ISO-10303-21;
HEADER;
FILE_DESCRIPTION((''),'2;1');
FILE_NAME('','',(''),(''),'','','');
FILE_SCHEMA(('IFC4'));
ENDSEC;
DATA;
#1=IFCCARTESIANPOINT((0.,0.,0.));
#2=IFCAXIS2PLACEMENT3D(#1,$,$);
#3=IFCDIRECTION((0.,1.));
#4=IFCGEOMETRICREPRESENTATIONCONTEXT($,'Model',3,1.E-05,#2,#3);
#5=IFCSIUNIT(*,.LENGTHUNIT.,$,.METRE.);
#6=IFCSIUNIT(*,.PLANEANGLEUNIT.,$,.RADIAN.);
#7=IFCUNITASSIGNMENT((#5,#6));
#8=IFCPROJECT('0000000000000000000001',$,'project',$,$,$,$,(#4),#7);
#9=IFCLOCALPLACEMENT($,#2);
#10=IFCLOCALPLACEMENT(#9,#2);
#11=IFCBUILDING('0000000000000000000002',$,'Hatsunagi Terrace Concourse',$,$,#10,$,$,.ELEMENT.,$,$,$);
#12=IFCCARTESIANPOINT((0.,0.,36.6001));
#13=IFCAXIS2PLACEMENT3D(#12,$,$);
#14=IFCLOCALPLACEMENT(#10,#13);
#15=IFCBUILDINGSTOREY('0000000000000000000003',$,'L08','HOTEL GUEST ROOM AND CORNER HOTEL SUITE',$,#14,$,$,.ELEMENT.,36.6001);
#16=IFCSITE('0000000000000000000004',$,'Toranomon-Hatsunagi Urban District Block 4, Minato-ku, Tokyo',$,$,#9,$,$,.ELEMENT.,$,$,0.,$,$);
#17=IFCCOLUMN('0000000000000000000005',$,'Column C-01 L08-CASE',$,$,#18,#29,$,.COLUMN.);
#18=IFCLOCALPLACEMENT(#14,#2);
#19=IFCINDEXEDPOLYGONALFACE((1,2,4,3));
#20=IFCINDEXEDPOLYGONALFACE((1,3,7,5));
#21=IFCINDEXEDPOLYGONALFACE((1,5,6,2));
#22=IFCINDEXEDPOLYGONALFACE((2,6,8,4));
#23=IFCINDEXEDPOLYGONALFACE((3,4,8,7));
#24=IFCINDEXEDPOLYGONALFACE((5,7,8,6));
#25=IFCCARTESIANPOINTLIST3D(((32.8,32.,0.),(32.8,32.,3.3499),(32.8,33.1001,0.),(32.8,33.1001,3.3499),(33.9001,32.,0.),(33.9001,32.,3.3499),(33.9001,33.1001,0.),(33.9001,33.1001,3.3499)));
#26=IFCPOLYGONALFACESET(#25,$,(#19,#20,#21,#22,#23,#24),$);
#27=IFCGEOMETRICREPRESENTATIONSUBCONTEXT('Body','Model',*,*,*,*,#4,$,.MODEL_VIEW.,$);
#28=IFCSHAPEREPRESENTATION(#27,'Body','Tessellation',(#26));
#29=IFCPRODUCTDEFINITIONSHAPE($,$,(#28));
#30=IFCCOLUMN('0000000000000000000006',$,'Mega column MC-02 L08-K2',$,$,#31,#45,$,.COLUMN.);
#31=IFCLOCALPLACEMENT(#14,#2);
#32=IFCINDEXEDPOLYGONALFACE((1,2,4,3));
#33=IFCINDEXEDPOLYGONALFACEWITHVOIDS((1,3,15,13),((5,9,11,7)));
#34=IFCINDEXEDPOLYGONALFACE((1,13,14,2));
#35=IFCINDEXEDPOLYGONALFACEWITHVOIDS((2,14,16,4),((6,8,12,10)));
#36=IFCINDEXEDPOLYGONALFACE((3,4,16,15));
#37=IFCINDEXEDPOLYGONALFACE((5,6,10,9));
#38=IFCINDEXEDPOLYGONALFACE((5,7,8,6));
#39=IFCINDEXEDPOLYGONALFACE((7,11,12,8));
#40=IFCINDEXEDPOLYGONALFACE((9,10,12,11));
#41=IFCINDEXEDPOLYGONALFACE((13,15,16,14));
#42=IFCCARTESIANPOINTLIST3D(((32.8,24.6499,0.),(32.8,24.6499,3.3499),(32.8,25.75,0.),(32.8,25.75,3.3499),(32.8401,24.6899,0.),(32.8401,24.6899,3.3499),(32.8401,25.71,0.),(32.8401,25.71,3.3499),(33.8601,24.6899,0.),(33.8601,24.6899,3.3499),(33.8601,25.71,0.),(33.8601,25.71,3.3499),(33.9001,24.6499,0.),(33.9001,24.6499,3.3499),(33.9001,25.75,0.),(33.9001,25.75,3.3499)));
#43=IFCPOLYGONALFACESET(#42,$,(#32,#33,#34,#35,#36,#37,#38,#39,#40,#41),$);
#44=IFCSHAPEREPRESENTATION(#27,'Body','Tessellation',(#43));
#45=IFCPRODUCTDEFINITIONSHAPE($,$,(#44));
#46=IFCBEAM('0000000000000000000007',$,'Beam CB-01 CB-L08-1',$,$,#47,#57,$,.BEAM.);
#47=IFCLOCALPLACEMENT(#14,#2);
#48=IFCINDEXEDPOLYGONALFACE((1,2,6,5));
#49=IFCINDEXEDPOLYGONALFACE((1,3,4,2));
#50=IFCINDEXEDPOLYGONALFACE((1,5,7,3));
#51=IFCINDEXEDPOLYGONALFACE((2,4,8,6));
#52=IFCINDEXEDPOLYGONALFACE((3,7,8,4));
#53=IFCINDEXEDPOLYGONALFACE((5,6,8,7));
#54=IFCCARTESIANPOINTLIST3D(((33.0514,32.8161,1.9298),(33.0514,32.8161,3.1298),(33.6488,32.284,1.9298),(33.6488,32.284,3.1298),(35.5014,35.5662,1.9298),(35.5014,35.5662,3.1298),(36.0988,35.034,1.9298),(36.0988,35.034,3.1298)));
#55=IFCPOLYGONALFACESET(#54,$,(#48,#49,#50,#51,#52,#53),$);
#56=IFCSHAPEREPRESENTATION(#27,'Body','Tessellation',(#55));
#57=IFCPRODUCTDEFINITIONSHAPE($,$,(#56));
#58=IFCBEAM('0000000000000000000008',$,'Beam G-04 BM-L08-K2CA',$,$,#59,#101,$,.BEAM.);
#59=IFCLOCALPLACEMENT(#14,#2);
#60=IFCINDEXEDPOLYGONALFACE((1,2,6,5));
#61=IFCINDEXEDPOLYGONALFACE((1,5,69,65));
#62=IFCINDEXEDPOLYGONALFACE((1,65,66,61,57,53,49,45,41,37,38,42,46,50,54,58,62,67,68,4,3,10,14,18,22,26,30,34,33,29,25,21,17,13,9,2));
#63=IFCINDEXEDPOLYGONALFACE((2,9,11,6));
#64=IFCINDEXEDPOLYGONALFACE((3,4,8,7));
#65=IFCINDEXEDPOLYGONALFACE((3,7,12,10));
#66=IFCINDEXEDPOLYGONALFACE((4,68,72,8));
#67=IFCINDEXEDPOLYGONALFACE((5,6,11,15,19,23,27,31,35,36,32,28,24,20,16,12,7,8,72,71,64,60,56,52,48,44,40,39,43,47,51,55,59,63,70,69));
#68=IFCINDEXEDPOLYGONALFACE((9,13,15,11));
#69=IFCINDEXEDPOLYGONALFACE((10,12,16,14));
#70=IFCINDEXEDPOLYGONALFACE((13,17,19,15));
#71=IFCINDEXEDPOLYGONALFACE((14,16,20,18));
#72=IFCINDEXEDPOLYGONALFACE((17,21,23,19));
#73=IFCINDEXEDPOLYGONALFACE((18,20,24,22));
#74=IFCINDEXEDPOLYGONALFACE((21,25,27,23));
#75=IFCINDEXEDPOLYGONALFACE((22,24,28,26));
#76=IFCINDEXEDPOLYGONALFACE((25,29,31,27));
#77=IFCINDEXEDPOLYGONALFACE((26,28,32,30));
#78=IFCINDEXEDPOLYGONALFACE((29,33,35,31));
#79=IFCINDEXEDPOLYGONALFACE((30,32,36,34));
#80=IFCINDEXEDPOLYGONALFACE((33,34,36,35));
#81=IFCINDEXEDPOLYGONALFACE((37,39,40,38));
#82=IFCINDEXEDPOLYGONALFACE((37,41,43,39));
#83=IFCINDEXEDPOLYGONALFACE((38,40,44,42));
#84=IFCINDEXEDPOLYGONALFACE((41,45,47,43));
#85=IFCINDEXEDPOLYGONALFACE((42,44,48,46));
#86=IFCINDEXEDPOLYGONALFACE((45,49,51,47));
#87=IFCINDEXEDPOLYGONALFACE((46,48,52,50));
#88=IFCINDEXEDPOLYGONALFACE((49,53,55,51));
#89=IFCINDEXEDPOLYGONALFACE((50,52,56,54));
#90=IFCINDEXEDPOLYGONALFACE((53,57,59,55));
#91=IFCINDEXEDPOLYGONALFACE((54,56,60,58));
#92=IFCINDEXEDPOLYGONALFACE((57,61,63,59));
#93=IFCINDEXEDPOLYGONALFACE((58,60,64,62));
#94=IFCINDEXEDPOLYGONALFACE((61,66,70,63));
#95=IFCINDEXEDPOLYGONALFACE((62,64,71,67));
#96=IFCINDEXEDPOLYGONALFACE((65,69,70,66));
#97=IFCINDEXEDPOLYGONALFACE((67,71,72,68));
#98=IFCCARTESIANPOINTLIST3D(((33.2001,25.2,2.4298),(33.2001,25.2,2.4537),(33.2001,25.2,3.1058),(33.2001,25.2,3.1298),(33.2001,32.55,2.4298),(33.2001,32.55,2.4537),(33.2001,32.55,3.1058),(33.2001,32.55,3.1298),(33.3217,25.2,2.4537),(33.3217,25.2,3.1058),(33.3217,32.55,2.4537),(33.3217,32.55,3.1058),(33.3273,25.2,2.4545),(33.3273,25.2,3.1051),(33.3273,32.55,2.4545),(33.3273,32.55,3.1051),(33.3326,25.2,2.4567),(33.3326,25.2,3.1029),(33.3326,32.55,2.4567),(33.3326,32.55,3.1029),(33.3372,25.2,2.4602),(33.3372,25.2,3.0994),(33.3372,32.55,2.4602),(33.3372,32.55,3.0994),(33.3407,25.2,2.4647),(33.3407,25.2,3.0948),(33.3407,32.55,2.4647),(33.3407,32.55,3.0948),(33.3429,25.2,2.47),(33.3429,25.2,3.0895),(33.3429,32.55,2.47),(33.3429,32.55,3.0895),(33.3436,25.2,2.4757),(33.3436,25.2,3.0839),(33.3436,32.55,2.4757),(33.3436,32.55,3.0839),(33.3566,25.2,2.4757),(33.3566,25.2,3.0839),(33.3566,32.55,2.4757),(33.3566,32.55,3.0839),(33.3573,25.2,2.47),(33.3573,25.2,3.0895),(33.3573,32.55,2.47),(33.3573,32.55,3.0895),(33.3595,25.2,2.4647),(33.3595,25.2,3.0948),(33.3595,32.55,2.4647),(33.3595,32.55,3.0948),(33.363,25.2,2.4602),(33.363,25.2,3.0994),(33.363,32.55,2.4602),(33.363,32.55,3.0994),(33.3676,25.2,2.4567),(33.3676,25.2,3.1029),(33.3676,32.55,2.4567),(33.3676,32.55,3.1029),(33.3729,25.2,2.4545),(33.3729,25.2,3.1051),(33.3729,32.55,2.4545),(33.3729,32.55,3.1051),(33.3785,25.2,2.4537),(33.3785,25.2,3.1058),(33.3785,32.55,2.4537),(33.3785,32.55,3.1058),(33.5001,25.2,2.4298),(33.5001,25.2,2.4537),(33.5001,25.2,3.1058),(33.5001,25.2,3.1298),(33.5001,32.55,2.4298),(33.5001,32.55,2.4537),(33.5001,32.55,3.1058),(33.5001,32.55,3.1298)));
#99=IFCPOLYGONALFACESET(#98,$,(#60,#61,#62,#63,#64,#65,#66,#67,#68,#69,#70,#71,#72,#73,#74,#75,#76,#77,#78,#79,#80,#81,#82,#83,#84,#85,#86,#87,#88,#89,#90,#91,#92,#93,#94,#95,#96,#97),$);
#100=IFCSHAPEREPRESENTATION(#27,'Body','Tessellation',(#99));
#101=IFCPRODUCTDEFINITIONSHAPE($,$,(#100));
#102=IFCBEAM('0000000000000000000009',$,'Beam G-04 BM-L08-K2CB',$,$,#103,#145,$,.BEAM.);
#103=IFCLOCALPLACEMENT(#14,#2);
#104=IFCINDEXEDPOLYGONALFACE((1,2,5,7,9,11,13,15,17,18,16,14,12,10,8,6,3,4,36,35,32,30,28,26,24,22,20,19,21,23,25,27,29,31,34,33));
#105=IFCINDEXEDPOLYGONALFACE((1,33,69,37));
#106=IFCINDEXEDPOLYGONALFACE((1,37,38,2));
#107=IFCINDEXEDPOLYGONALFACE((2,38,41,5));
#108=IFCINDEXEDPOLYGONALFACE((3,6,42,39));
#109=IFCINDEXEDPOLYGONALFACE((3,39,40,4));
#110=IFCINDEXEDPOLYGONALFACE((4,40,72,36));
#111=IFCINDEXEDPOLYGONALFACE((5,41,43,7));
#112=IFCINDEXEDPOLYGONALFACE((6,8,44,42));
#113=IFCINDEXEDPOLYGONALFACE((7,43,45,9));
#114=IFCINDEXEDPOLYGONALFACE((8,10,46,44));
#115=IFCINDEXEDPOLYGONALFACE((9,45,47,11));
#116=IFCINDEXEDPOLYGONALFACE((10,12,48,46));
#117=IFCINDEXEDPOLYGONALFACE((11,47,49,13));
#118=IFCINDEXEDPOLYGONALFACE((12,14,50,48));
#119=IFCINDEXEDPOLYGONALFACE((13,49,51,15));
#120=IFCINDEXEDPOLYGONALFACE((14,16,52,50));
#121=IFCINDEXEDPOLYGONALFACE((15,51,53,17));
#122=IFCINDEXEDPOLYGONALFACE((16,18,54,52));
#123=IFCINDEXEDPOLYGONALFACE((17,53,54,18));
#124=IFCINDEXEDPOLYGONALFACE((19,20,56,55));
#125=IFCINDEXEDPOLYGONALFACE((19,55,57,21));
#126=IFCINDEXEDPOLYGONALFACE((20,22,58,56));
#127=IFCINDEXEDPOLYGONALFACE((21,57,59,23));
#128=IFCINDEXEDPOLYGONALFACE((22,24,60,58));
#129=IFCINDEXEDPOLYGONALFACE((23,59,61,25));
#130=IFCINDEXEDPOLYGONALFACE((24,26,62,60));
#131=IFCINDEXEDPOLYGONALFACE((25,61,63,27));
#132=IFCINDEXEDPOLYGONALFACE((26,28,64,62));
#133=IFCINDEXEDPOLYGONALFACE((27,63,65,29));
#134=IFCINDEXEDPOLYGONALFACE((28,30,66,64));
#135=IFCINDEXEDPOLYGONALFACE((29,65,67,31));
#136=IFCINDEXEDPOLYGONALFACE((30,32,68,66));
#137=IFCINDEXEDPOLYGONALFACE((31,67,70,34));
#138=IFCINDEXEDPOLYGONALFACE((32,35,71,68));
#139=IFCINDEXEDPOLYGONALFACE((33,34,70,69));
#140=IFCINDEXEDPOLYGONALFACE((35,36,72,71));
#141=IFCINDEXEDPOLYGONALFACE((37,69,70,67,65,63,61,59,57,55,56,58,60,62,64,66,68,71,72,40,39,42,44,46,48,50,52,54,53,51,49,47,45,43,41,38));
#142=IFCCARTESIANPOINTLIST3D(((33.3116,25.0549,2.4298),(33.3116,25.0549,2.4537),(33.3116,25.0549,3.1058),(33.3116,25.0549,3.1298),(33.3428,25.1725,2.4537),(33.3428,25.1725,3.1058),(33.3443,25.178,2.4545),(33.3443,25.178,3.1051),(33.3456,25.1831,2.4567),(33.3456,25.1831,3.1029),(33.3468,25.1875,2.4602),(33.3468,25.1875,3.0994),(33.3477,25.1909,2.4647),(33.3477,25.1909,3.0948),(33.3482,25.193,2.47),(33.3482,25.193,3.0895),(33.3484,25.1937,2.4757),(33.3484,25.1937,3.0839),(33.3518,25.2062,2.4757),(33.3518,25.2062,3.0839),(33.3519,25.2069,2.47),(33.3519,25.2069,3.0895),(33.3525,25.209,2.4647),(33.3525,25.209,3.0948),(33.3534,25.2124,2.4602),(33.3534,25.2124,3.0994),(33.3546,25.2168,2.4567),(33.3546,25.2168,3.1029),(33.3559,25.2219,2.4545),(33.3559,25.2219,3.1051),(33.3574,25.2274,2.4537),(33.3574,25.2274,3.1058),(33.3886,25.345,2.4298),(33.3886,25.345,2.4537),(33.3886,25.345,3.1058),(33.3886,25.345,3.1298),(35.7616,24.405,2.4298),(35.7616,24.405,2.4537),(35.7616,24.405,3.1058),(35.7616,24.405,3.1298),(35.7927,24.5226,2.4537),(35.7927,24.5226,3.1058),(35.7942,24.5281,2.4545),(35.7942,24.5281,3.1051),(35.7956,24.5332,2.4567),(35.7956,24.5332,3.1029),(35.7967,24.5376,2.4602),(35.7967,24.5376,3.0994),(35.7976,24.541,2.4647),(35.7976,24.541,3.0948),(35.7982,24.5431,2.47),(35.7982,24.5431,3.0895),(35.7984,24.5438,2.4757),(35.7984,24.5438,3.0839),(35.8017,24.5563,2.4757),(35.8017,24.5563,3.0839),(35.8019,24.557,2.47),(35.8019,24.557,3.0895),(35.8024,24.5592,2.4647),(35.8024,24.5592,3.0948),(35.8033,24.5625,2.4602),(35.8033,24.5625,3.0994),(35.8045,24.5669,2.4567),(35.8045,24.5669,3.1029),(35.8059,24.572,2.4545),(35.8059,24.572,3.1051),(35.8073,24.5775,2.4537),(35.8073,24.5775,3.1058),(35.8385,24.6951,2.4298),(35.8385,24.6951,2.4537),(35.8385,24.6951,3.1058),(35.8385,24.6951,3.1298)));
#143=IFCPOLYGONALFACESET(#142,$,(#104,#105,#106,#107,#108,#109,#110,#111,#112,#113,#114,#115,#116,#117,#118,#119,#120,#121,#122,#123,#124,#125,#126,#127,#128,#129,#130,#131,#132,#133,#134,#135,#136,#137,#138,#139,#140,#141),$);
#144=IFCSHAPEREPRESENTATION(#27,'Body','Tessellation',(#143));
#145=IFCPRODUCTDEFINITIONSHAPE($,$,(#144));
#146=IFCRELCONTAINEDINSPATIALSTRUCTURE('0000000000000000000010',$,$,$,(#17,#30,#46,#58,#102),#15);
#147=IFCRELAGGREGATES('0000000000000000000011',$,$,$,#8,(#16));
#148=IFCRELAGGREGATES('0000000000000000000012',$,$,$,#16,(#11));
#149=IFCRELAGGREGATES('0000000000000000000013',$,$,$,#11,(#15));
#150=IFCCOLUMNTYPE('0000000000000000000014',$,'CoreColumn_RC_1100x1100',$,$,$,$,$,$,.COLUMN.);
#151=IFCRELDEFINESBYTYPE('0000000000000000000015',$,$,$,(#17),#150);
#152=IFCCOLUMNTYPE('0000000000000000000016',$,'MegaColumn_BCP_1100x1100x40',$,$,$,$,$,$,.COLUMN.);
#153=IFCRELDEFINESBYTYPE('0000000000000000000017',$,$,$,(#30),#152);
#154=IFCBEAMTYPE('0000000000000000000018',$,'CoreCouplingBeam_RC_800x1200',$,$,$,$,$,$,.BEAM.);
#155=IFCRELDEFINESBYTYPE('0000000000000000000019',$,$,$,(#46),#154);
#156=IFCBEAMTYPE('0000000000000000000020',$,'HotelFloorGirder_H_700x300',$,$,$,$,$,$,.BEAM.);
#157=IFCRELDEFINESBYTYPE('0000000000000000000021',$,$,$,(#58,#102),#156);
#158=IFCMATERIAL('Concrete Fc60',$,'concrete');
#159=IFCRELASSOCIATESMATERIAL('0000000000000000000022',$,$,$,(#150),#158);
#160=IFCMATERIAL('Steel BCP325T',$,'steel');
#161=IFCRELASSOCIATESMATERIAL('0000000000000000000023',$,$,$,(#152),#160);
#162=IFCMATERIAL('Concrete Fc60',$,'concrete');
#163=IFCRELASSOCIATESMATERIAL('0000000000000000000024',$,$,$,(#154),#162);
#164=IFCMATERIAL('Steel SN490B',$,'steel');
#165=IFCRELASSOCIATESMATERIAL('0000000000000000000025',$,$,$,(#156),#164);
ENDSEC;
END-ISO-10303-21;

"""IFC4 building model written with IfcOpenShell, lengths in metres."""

from ifc_helpers import new_model, si_unit, direction, frame, origin, origin_2d, place, context, subcontext, project, spatial, rectangle, hollow_rectangle, i_section, extrude, material, material_profile, profile_set, type_object, element, save


model = new_model("IFC4")

# Units and contexts
model_context = context("Model", 3, precision=1e-05, world=origin(), true_north=direction((0.0, 1.0)))
body_context = subcontext(model_context, "Body", "Model", "MODEL_VIEW")
ifc_project = project(units=[si_unit("LENGTHUNIT", "METRE"), si_unit("PLANEANGLEUNIT", "RADIAN")], contexts=[model_context])

# Site, building, storey
site_placement = place(None, origin())
site = spatial("IfcSite", under=ifc_project, at=site_placement, Name="Toranomon-Hatsunagi Urban District Block 4, Minato-ku, Tokyo", CompositionType="ELEMENT", RefElevation=0.0)
building_placement = place(site_placement, origin())
building = spatial("IfcBuilding", under=site, at=building_placement, Name="Hatsunagi Terrace Concourse", CompositionType="ELEMENT")
storey_placement = place(building_placement, frame((0.0, 0.0, 36.6001)))
storey = spatial("IfcBuildingStorey", under=building, at=storey_placement, Name="L08", Description="HOTEL GUEST ROOM AND CORNER HOTEL SUITE", CompositionType="ELEMENT", Elevation=36.6001)

# Columns
ifc_material_1 = material(Name="Concrete Fc60", Category="concrete")
ifc_material_profile_1 = material_profile(ifc_material_1, rectangle(XDim=1.1001, YDim=1.1001, at=origin_2d()), Name="RC-1100x1100")
ifc_profile_set_1 = profile_set([ifc_material_profile_1], Name="Concrete Fc60")
column_type_1 = type_object("IfcColumnType", Name="CoreColumn_RC_1100x1100", PredefinedType="COLUMN", material=ifc_profile_set_1)
column_1_placement = place(storey_placement, frame((33.3501, 32.55, 0.0), z_axis=(0.0, 0.0, 1.0), x_axis=(1.0, 0.0, 0.0)))
element("IfcColumn", 1, at=column_1_placement, inside=storey, type_object=column_type_1, Name="Column C-01 L08-CASE", PredefinedType="COLUMN", context=body_context, shape_type="SweptSolid", body=[
    extrude(rectangle(XDim=1.1001, YDim=1.1001, at=origin_2d()), origin(), (0.0, 0.0, 1.0), 3.3499),
])
ifc_material_2 = material(Name="Steel BCP325T", Category="steel")
ifc_material_profile_2 = material_profile(ifc_material_2, hollow_rectangle(XDim=1.1001, YDim=1.1001, WallThickness=0.04, at=origin_2d()), Name="BCP-1100x1100x40")
ifc_profile_set_2 = profile_set([ifc_material_profile_2], Name="Steel BCP325T")
column_type_2 = type_object("IfcColumnType", Name="MegaColumn_BCP_1100x1100x40", PredefinedType="COLUMN", material=ifc_profile_set_2)
column_2_placement = place(storey_placement, frame((33.3501, 25.2, 0.0), z_axis=(0.0, 0.0, 1.0), x_axis=(1.0, 0.0, 0.0)))
element("IfcColumn", 2, at=column_2_placement, inside=storey, type_object=column_type_2, Name="Mega column MC-02 L08-K2", PredefinedType="COLUMN", context=body_context, shape_type="SweptSolid", body=[
    extrude(hollow_rectangle(XDim=1.1001, YDim=1.1001, WallThickness=0.04, at=origin_2d()), origin(), (0.0, 0.0, 1.0), 3.3499),
])

# Beams
ifc_material_3 = material(Name="Concrete Fc60", Category="concrete")
ifc_material_profile_3 = material_profile(ifc_material_3, rectangle(XDim=0.8, YDim=1.2, at=origin_2d()), Name="RC-800x1200")
ifc_profile_set_3 = profile_set([ifc_material_profile_3], Name="Concrete Fc60")
beam_type_1 = type_object("IfcBeamType", Name="CoreCouplingBeam_RC_800x1200", PredefinedType="BEAM", material=ifc_profile_set_3)
beam_1_placement = place(storey_placement, frame((33.3501, 32.55, 2.5298), z_axis=(0.665199, 0.746666, 0.0), x_axis=(-0.746666, 0.665199, 0.0)))
element("IfcBeam", 3, at=beam_1_placement, inside=storey, type_object=beam_type_1, Name="Beam CB-01 CB-L08-1", PredefinedType="BEAM", context=body_context, shape_type="SweptSolid", body=[
    extrude(rectangle(XDim=0.8, YDim=1.2, at=origin_2d()), origin(), (0.0, 0.0, 1.0), 3.6831),
])
ifc_material_4 = material(Name="Steel SN490B", Category="steel")
ifc_material_profile_4 = material_profile(ifc_material_4, i_section(OverallWidth=0.3, OverallDepth=0.7, WebThickness=0.0129, FlangeThickness=0.0239, FilletRadius=0.022, at=origin_2d()), Name="H-700x300x13x24")
ifc_profile_set_4 = profile_set([ifc_material_profile_4], Name="Steel SN490B")
beam_type_2 = type_object("IfcBeamType", Name="HotelFloorGirder_H_700x300", PredefinedType="BEAM", material=ifc_profile_set_4)
beam_2_placement = place(storey_placement, frame((33.3501, 25.2, 2.7798), z_axis=(0.0, 1.0, 0.0), x_axis=(-1.0, 0.0, 0.0)))
element("IfcBeam", 4, at=beam_2_placement, inside=storey, type_object=beam_type_2, Name="Beam G-04 BM-L08-K2CA", PredefinedType="BEAM", context=body_context, shape_type="SweptSolid", body=[
    extrude(i_section(OverallWidth=0.3, OverallDepth=0.7, WebThickness=0.0129, FlangeThickness=0.0239, FilletRadius=0.022, at=origin_2d()), origin(), (0.0, 0.0, 1.0), 7.3501),
])
beam_3_placement = place(storey_placement, frame((33.3501, 25.2, 2.7798), z_axis=(0.96657, -0.256403, 0.0), x_axis=(0.256403, 0.96657, 0.0)))
element("IfcBeam", 5, at=beam_3_placement, inside=storey, type_object=beam_type_2, Name="Beam G-04 BM-L08-K2CB", PredefinedType="BEAM", context=body_context, shape_type="SweptSolid", body=[
    extrude(i_section(OverallWidth=0.3, OverallDepth=0.7, WebThickness=0.0129, FlangeThickness=0.0239, FilletRadius=0.022, at=origin_2d()), origin(), (0.0, 0.0, 1.0), 2.5347),
])

save(model, "model.ifc")
